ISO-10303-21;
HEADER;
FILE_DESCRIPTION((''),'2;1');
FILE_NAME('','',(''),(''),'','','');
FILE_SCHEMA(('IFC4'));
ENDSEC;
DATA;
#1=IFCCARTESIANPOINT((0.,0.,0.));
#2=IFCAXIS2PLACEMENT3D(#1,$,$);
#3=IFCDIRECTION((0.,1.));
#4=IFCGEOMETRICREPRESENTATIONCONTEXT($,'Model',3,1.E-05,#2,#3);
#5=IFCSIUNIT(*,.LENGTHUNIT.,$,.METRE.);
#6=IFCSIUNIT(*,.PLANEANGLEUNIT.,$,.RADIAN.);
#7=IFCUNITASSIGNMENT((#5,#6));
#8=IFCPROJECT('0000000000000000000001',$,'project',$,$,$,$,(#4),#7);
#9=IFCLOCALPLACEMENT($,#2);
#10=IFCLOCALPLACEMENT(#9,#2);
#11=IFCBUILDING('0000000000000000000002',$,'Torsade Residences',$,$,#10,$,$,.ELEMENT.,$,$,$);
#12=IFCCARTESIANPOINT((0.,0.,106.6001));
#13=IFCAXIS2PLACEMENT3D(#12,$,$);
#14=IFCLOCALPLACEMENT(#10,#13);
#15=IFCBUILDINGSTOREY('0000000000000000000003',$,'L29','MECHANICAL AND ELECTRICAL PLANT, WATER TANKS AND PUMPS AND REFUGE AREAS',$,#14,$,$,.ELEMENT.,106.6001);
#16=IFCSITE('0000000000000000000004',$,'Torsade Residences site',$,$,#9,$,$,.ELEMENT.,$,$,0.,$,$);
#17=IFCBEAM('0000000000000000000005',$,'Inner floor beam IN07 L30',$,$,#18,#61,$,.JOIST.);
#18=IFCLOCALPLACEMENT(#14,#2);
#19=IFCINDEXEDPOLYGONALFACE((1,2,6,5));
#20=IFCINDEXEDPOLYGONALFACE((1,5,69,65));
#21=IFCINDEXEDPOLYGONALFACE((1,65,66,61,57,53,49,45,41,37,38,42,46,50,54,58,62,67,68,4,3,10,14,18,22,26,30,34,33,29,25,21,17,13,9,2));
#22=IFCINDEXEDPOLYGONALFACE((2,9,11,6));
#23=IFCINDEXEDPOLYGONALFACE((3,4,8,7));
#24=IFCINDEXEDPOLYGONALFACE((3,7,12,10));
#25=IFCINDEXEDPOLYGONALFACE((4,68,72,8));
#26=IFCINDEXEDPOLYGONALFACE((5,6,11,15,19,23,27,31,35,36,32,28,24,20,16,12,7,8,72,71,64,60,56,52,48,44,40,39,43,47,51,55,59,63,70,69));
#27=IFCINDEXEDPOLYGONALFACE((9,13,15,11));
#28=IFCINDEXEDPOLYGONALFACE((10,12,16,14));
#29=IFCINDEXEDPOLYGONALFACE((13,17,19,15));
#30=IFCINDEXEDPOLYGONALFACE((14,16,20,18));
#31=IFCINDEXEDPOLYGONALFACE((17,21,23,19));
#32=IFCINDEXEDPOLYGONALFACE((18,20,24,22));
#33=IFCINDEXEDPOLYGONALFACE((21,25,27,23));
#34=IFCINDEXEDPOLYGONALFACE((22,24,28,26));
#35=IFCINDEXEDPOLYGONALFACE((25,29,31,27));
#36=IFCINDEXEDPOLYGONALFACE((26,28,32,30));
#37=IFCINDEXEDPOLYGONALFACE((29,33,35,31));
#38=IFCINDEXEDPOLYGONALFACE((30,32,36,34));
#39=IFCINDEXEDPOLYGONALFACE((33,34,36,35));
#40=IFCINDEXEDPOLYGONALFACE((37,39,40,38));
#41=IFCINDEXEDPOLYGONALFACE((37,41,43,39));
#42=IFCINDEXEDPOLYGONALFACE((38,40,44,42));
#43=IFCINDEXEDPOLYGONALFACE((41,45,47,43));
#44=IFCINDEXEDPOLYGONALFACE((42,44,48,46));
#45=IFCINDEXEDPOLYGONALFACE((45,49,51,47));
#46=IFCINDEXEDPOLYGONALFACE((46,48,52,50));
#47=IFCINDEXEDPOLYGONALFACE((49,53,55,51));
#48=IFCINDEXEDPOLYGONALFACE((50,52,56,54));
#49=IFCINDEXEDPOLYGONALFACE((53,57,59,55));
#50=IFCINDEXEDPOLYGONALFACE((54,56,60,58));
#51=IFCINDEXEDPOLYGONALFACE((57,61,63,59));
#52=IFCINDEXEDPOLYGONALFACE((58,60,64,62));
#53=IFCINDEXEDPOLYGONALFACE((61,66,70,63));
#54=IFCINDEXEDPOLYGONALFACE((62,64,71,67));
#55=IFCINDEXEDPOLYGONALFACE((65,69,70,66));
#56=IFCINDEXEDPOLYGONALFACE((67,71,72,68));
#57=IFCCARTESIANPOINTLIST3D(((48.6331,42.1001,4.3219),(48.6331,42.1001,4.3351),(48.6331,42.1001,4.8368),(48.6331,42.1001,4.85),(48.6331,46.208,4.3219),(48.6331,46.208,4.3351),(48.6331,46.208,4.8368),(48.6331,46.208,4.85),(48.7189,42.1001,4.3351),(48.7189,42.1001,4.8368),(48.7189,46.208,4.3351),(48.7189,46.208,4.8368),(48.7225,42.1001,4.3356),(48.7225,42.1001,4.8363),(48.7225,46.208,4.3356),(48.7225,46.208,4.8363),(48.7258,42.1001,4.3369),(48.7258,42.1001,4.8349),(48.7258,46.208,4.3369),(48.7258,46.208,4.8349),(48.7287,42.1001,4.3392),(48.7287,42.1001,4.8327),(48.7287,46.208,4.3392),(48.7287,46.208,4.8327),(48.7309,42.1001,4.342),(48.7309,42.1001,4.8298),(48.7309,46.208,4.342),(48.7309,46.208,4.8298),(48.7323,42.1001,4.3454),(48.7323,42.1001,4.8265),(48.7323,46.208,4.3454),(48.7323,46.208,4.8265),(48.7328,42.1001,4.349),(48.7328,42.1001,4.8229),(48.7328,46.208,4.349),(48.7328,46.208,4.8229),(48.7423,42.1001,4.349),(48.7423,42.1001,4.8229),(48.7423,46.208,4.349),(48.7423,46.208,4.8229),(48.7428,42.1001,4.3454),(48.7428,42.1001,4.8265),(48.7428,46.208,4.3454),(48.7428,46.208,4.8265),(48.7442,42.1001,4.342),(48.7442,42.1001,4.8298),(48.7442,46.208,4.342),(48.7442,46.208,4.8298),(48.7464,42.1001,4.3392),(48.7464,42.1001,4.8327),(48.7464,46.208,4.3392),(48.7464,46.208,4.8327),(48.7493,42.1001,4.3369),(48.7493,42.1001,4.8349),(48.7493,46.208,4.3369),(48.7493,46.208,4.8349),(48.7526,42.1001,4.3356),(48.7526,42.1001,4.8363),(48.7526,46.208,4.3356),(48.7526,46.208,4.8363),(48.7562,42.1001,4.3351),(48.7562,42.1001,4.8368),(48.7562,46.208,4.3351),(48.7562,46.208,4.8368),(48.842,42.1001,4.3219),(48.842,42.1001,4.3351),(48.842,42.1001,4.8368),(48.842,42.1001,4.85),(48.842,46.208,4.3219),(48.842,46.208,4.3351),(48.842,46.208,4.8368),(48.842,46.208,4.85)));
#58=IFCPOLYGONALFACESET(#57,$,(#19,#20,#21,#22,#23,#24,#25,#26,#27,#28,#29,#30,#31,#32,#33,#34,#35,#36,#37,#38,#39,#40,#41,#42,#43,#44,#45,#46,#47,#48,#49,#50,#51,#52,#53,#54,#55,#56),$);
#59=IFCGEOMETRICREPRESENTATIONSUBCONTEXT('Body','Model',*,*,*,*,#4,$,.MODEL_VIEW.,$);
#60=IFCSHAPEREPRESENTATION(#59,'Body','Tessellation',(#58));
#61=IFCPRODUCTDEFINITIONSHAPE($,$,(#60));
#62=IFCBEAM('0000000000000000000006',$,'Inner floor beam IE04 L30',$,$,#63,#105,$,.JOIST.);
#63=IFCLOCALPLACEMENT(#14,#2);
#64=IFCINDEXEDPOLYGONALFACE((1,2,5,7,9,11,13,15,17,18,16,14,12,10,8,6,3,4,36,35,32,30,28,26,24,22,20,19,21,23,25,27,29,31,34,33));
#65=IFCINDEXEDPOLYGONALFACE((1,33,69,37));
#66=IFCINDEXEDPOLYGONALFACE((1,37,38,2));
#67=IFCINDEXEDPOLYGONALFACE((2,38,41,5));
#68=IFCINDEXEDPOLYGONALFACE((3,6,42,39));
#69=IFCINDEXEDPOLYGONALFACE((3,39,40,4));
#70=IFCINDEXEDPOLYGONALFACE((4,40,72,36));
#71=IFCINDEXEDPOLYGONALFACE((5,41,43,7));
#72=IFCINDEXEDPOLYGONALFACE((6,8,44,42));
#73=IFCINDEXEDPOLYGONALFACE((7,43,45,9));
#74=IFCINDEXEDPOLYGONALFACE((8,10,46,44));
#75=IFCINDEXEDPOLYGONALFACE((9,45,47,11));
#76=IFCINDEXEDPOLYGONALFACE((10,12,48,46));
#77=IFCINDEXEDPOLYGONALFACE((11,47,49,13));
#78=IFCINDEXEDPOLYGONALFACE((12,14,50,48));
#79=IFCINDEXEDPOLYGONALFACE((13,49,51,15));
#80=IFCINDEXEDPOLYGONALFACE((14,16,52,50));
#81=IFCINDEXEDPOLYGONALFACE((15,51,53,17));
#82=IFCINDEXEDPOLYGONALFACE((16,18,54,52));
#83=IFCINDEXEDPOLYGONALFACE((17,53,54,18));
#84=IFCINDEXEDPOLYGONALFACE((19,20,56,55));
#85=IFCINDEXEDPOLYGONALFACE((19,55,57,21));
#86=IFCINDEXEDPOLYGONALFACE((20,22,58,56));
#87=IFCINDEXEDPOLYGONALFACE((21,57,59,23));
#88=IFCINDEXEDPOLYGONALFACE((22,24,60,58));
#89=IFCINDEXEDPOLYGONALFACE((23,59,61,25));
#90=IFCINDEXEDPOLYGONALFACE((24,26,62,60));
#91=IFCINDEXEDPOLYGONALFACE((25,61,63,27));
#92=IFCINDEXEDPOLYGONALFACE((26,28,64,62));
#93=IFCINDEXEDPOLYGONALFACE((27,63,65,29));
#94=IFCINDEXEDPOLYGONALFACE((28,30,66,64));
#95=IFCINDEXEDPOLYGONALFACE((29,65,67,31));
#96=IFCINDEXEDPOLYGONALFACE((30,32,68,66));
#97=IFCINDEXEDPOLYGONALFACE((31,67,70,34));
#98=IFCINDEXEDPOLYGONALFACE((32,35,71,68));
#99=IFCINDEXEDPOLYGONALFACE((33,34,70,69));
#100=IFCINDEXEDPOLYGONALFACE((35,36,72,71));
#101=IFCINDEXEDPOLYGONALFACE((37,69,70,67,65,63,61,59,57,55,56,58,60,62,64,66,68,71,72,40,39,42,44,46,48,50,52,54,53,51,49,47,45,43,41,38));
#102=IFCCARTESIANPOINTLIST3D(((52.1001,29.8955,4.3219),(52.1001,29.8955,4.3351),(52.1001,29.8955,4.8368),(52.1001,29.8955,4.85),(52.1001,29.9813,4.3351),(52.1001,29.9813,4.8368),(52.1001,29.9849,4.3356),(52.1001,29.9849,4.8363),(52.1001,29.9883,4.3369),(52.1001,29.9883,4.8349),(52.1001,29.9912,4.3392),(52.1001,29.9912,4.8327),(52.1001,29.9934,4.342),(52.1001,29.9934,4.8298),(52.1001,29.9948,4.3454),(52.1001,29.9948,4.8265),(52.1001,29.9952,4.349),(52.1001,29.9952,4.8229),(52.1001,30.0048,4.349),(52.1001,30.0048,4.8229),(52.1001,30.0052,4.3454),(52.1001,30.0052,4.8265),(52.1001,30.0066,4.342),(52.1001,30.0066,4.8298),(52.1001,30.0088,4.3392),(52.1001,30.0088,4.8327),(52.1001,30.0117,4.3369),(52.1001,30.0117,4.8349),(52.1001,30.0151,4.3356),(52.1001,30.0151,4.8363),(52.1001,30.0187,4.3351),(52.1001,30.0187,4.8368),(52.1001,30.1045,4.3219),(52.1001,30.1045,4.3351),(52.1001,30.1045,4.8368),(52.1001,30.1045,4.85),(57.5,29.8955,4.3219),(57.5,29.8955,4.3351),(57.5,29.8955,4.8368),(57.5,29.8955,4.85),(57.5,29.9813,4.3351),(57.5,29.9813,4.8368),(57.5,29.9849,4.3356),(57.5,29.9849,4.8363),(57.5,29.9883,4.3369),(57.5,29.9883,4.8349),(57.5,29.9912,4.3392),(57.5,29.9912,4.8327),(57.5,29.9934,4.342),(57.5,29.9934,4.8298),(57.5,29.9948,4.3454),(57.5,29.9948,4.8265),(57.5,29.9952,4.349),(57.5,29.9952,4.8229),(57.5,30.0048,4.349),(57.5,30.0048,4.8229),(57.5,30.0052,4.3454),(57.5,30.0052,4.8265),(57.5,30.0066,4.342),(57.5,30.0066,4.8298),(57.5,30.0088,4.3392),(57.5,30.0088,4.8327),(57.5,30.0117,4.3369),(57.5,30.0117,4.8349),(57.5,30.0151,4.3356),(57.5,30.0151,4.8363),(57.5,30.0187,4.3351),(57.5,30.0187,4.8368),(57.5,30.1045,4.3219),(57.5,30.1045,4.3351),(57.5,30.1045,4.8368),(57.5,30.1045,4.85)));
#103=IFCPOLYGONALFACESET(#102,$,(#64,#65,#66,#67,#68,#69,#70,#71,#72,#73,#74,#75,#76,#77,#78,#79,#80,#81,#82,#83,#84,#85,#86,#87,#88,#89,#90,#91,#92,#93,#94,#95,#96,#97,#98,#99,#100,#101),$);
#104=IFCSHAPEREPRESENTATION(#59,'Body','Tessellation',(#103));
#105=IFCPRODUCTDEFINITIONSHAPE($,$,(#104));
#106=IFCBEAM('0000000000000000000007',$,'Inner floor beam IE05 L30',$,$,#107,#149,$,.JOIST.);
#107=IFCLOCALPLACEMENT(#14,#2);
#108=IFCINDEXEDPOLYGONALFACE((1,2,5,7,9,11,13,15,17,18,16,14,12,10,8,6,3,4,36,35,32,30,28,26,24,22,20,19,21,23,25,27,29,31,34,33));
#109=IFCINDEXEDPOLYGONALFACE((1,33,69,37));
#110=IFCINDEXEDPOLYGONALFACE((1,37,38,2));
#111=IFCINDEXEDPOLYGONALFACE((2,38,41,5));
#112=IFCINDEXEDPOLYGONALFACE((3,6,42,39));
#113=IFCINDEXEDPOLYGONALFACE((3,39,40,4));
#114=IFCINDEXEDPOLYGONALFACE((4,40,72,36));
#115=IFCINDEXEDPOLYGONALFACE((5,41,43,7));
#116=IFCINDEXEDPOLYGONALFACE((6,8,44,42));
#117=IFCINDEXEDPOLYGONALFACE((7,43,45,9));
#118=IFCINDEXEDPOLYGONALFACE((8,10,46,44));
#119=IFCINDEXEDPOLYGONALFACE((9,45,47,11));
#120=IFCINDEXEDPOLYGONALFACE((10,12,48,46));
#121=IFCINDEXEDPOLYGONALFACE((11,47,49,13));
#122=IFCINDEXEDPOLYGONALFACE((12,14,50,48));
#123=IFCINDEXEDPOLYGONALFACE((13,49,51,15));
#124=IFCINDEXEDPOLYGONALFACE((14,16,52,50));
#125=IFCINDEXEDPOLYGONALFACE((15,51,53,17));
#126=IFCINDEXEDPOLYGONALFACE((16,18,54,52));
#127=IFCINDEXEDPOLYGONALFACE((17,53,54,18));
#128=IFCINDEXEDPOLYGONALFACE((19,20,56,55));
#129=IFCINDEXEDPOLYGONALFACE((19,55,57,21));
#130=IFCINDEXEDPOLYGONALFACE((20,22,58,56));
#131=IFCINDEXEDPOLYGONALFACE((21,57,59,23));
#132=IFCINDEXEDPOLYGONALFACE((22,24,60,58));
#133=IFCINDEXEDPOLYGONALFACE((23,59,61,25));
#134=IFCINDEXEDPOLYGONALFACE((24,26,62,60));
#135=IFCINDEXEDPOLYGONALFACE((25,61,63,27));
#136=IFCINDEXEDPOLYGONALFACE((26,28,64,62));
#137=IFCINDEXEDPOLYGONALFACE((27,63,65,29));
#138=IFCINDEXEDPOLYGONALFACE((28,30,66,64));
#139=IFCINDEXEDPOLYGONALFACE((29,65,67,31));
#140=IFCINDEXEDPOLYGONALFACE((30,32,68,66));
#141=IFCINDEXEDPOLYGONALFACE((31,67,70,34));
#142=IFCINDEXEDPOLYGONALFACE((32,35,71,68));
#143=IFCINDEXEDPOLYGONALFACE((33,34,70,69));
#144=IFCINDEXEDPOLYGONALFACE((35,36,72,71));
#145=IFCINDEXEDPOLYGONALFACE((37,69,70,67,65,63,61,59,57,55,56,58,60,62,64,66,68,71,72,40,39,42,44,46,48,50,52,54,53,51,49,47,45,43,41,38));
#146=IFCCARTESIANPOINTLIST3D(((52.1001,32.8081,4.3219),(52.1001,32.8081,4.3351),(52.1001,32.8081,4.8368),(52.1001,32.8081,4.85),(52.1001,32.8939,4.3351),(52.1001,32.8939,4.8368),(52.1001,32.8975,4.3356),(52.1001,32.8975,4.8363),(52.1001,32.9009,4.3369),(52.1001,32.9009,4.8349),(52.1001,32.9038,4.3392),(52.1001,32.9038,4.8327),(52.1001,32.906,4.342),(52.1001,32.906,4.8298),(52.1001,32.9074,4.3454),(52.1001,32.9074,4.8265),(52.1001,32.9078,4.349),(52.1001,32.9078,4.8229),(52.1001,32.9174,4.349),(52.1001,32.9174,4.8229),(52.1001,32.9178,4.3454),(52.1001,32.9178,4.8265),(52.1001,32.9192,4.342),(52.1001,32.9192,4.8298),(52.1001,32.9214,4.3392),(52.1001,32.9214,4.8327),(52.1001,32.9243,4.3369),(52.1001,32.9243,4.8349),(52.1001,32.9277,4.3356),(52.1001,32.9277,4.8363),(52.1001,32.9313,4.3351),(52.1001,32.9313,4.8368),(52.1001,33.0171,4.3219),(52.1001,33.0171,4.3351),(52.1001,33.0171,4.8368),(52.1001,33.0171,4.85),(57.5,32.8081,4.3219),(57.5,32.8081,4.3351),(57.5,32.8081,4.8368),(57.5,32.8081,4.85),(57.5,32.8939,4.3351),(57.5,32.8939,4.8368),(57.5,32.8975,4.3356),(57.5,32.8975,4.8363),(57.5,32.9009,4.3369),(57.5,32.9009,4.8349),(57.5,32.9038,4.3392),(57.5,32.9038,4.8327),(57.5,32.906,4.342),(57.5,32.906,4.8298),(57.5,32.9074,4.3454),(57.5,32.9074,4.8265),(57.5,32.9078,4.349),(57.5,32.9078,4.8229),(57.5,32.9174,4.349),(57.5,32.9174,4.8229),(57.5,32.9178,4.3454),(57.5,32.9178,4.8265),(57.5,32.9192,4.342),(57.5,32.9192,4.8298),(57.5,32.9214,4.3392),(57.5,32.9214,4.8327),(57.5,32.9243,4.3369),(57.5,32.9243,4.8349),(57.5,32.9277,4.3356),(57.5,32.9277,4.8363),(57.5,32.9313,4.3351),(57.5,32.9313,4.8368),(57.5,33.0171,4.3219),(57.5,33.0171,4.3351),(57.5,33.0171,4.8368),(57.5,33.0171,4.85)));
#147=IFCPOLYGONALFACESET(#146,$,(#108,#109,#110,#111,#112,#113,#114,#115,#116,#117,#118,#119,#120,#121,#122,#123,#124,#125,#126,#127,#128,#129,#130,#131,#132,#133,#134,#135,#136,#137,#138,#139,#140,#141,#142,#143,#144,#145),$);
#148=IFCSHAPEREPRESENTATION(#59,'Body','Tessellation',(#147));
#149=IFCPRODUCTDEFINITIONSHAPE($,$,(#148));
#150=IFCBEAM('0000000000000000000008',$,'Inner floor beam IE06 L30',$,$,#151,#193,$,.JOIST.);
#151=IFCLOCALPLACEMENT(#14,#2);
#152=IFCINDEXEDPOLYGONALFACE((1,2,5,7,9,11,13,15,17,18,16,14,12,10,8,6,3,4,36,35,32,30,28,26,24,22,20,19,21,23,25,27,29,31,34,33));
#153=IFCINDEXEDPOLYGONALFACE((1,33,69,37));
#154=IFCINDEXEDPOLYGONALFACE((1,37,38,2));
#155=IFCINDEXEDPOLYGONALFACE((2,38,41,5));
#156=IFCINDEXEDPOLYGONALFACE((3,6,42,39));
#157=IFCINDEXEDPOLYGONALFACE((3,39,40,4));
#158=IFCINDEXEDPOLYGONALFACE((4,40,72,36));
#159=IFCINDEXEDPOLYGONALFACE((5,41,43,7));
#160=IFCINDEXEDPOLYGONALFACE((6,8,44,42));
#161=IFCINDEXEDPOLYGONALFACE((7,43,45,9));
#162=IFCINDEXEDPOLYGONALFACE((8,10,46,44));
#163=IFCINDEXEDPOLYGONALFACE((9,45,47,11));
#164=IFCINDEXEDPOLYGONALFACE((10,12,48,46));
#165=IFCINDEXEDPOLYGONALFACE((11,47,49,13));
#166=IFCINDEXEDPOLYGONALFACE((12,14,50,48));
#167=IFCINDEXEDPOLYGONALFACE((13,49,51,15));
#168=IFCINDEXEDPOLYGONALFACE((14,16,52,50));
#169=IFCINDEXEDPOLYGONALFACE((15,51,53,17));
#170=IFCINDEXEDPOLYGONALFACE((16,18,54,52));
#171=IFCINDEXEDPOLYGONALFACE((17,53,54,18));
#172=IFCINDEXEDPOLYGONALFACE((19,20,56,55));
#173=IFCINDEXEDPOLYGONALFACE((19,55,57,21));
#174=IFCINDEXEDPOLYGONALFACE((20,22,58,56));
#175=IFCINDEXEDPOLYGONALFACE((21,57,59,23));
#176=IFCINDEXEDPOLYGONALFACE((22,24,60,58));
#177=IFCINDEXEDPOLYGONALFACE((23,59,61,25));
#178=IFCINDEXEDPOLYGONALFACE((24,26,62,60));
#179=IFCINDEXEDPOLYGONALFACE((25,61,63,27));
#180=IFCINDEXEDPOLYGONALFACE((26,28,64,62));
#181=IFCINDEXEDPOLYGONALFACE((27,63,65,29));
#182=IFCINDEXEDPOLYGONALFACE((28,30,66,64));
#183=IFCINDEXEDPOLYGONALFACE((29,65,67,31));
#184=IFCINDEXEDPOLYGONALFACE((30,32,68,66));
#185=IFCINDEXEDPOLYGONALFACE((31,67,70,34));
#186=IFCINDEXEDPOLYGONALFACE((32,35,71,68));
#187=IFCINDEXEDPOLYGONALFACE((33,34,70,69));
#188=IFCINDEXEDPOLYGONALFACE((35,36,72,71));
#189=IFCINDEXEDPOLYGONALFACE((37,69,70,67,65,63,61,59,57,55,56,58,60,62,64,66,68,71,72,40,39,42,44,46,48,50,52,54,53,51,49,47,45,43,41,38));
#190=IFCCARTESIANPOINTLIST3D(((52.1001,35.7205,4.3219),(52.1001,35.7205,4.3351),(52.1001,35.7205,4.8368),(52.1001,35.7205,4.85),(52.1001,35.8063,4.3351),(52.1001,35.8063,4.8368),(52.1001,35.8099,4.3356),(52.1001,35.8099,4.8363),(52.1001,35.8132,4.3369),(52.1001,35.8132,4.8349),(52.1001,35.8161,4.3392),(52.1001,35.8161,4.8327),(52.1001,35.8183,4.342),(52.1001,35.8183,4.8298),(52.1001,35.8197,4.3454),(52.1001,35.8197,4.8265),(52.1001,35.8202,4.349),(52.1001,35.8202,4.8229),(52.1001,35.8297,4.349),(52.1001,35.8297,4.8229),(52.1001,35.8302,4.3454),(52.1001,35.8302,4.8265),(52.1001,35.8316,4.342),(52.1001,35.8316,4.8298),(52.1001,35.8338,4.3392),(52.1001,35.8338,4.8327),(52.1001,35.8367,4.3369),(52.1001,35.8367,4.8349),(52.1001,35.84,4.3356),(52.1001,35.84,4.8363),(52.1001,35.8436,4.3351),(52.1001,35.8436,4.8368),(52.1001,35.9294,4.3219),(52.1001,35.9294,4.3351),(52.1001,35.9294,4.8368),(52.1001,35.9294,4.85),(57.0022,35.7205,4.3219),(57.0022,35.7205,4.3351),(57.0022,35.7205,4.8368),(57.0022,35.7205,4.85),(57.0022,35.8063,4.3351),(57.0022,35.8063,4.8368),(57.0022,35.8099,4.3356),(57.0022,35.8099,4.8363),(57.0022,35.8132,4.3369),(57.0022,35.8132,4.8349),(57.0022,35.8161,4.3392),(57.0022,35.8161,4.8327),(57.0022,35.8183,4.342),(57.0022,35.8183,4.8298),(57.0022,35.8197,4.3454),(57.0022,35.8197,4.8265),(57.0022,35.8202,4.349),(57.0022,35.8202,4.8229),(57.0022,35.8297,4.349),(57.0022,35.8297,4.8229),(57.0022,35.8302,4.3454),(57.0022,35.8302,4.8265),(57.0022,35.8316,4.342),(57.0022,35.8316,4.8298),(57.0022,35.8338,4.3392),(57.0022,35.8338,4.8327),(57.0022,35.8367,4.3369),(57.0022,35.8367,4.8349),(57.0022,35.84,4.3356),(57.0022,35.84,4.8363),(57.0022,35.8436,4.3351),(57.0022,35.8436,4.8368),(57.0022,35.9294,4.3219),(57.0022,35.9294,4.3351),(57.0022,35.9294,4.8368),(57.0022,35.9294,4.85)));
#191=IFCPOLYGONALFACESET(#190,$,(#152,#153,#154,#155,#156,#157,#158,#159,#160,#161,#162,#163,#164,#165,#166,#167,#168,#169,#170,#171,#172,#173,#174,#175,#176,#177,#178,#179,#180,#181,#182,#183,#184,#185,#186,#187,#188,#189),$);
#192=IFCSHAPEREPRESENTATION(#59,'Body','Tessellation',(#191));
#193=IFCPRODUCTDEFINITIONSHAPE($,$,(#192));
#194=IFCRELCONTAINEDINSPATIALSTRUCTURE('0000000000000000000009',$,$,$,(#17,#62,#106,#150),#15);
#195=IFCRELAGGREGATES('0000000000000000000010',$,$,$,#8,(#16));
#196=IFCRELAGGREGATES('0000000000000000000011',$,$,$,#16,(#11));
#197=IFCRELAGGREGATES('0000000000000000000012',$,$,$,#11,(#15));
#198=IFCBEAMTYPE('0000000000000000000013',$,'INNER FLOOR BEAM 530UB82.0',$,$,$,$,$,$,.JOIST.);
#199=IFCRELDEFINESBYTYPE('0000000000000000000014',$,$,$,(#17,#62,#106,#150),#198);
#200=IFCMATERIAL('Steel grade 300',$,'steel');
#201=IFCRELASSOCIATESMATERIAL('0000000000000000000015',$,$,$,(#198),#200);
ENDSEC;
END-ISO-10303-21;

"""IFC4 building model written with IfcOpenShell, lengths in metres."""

from ifc_helpers import new_model, si_unit, direction, frame, origin, origin_2d, place, context, subcontext, project, spatial, i_section, extrude, material, material_profile, profile_set, type_object, element, save


model = new_model("IFC4")

# Units and contexts
model_context = context("Model", 3, precision=1e-05, world=origin(), true_north=direction((0.0, 1.0)))
body_context = subcontext(model_context, "Body", "Model", "MODEL_VIEW")
ifc_project = project(units=[si_unit("LENGTHUNIT", "METRE"), si_unit("PLANEANGLEUNIT", "RADIAN")], contexts=[model_context])

# Site, building, storey
site_placement = place(None, origin())
site = spatial("IfcSite", under=ifc_project, at=site_placement, Name="Torsade Residences site", CompositionType="ELEMENT", RefElevation=0.0)
building_placement = place(site_placement, origin())
building = spatial("IfcBuilding", under=site, at=building_placement, Name="Torsade Residences", CompositionType="ELEMENT")
storey_placement = place(building_placement, frame((0.0, 0.0, 106.6001)))
storey = spatial("IfcBuildingStorey", under=building, at=storey_placement, Name="L29", Description="MECHANICAL AND ELECTRICAL PLANT, WATER TANKS AND PUMPS AND REFUGE AREAS", CompositionType="ELEMENT", Elevation=106.6001)

# Beams
ifc_material_1 = material(Name="Steel grade 300", Category="steel")
ifc_material_profile_1 = material_profile(ifc_material_1, i_section(OverallWidth=0.209, OverallDepth=0.5281, WebThickness=0.0095, FlangeThickness=0.0132, FilletRadius=0.0139, at=origin_2d()), Name="530UB82.0")
ifc_profile_set_1 = profile_set([ifc_material_profile_1], Name="Steel grade 300")
beam_type_1 = type_object("IfcBeamType", Name="INNER FLOOR BEAM 530UB82.0", PredefinedType="JOIST", material=ifc_profile_set_1)
beam_1_placement = place(storey_placement, frame((48.7375, 42.1001, 4.5859), z_axis=(0.0, 1.0, 0.0), x_axis=(-1.0, 0.0, 0.0)))
element("IfcBeam", 1, at=beam_1_placement, inside=storey, type_object=beam_type_1, Name="Inner floor beam IN07 L30", PredefinedType="JOIST", context=body_context, shape_type="SweptSolid", body=[
    extrude(i_section(OverallWidth=0.209, OverallDepth=0.5281, WebThickness=0.0095, FlangeThickness=0.0132, FilletRadius=0.0139, at=origin_2d()), origin(), (0.0, 0.0, 1.0), 4.1079),
])
for number, where, z_axis, x_axis, name in (
    (2, (52.1001, 30.0, 4.5859), (1.0, 0.0, 0.0), (0.0, 1.0, 0.0), "Inner floor beam IE04 L30"),
    (3, (52.1001, 32.9126, 4.5859), (1.0, 0.0, 0.0), (0.0, 1.0, 0.0), "Inner floor beam IE05 L30"),
):
    element("IfcBeam", number, at=place(storey_placement, frame(where, z_axis=z_axis, x_axis=x_axis)), inside=storey, type_object=beam_type_1, Name=name, PredefinedType="JOIST", context=body_context, shape_type="SweptSolid", body=[
        extrude(i_section(OverallWidth=0.209, OverallDepth=0.5281, WebThickness=0.0095, FlangeThickness=0.0132, FilletRadius=0.0139, at=origin_2d()), origin(), (0.0, 0.0, 1.0), 5.3999),
    ])
beam_2_placement = place(storey_placement, frame((52.1001, 35.825, 4.5859), z_axis=(1.0, 0.0, 0.0), x_axis=(0.0, 1.0, 0.0)))
element("IfcBeam", 4, at=beam_2_placement, inside=storey, type_object=beam_type_1, Name="Inner floor beam IE06 L30", PredefinedType="JOIST", context=body_context, shape_type="SweptSolid", body=[
    extrude(i_section(OverallWidth=0.209, OverallDepth=0.5281, WebThickness=0.0095, FlangeThickness=0.0132, FilletRadius=0.0139, at=origin_2d()), origin(), (0.0, 0.0, 1.0), 4.9021),
])

save(model, "model.ifc")
